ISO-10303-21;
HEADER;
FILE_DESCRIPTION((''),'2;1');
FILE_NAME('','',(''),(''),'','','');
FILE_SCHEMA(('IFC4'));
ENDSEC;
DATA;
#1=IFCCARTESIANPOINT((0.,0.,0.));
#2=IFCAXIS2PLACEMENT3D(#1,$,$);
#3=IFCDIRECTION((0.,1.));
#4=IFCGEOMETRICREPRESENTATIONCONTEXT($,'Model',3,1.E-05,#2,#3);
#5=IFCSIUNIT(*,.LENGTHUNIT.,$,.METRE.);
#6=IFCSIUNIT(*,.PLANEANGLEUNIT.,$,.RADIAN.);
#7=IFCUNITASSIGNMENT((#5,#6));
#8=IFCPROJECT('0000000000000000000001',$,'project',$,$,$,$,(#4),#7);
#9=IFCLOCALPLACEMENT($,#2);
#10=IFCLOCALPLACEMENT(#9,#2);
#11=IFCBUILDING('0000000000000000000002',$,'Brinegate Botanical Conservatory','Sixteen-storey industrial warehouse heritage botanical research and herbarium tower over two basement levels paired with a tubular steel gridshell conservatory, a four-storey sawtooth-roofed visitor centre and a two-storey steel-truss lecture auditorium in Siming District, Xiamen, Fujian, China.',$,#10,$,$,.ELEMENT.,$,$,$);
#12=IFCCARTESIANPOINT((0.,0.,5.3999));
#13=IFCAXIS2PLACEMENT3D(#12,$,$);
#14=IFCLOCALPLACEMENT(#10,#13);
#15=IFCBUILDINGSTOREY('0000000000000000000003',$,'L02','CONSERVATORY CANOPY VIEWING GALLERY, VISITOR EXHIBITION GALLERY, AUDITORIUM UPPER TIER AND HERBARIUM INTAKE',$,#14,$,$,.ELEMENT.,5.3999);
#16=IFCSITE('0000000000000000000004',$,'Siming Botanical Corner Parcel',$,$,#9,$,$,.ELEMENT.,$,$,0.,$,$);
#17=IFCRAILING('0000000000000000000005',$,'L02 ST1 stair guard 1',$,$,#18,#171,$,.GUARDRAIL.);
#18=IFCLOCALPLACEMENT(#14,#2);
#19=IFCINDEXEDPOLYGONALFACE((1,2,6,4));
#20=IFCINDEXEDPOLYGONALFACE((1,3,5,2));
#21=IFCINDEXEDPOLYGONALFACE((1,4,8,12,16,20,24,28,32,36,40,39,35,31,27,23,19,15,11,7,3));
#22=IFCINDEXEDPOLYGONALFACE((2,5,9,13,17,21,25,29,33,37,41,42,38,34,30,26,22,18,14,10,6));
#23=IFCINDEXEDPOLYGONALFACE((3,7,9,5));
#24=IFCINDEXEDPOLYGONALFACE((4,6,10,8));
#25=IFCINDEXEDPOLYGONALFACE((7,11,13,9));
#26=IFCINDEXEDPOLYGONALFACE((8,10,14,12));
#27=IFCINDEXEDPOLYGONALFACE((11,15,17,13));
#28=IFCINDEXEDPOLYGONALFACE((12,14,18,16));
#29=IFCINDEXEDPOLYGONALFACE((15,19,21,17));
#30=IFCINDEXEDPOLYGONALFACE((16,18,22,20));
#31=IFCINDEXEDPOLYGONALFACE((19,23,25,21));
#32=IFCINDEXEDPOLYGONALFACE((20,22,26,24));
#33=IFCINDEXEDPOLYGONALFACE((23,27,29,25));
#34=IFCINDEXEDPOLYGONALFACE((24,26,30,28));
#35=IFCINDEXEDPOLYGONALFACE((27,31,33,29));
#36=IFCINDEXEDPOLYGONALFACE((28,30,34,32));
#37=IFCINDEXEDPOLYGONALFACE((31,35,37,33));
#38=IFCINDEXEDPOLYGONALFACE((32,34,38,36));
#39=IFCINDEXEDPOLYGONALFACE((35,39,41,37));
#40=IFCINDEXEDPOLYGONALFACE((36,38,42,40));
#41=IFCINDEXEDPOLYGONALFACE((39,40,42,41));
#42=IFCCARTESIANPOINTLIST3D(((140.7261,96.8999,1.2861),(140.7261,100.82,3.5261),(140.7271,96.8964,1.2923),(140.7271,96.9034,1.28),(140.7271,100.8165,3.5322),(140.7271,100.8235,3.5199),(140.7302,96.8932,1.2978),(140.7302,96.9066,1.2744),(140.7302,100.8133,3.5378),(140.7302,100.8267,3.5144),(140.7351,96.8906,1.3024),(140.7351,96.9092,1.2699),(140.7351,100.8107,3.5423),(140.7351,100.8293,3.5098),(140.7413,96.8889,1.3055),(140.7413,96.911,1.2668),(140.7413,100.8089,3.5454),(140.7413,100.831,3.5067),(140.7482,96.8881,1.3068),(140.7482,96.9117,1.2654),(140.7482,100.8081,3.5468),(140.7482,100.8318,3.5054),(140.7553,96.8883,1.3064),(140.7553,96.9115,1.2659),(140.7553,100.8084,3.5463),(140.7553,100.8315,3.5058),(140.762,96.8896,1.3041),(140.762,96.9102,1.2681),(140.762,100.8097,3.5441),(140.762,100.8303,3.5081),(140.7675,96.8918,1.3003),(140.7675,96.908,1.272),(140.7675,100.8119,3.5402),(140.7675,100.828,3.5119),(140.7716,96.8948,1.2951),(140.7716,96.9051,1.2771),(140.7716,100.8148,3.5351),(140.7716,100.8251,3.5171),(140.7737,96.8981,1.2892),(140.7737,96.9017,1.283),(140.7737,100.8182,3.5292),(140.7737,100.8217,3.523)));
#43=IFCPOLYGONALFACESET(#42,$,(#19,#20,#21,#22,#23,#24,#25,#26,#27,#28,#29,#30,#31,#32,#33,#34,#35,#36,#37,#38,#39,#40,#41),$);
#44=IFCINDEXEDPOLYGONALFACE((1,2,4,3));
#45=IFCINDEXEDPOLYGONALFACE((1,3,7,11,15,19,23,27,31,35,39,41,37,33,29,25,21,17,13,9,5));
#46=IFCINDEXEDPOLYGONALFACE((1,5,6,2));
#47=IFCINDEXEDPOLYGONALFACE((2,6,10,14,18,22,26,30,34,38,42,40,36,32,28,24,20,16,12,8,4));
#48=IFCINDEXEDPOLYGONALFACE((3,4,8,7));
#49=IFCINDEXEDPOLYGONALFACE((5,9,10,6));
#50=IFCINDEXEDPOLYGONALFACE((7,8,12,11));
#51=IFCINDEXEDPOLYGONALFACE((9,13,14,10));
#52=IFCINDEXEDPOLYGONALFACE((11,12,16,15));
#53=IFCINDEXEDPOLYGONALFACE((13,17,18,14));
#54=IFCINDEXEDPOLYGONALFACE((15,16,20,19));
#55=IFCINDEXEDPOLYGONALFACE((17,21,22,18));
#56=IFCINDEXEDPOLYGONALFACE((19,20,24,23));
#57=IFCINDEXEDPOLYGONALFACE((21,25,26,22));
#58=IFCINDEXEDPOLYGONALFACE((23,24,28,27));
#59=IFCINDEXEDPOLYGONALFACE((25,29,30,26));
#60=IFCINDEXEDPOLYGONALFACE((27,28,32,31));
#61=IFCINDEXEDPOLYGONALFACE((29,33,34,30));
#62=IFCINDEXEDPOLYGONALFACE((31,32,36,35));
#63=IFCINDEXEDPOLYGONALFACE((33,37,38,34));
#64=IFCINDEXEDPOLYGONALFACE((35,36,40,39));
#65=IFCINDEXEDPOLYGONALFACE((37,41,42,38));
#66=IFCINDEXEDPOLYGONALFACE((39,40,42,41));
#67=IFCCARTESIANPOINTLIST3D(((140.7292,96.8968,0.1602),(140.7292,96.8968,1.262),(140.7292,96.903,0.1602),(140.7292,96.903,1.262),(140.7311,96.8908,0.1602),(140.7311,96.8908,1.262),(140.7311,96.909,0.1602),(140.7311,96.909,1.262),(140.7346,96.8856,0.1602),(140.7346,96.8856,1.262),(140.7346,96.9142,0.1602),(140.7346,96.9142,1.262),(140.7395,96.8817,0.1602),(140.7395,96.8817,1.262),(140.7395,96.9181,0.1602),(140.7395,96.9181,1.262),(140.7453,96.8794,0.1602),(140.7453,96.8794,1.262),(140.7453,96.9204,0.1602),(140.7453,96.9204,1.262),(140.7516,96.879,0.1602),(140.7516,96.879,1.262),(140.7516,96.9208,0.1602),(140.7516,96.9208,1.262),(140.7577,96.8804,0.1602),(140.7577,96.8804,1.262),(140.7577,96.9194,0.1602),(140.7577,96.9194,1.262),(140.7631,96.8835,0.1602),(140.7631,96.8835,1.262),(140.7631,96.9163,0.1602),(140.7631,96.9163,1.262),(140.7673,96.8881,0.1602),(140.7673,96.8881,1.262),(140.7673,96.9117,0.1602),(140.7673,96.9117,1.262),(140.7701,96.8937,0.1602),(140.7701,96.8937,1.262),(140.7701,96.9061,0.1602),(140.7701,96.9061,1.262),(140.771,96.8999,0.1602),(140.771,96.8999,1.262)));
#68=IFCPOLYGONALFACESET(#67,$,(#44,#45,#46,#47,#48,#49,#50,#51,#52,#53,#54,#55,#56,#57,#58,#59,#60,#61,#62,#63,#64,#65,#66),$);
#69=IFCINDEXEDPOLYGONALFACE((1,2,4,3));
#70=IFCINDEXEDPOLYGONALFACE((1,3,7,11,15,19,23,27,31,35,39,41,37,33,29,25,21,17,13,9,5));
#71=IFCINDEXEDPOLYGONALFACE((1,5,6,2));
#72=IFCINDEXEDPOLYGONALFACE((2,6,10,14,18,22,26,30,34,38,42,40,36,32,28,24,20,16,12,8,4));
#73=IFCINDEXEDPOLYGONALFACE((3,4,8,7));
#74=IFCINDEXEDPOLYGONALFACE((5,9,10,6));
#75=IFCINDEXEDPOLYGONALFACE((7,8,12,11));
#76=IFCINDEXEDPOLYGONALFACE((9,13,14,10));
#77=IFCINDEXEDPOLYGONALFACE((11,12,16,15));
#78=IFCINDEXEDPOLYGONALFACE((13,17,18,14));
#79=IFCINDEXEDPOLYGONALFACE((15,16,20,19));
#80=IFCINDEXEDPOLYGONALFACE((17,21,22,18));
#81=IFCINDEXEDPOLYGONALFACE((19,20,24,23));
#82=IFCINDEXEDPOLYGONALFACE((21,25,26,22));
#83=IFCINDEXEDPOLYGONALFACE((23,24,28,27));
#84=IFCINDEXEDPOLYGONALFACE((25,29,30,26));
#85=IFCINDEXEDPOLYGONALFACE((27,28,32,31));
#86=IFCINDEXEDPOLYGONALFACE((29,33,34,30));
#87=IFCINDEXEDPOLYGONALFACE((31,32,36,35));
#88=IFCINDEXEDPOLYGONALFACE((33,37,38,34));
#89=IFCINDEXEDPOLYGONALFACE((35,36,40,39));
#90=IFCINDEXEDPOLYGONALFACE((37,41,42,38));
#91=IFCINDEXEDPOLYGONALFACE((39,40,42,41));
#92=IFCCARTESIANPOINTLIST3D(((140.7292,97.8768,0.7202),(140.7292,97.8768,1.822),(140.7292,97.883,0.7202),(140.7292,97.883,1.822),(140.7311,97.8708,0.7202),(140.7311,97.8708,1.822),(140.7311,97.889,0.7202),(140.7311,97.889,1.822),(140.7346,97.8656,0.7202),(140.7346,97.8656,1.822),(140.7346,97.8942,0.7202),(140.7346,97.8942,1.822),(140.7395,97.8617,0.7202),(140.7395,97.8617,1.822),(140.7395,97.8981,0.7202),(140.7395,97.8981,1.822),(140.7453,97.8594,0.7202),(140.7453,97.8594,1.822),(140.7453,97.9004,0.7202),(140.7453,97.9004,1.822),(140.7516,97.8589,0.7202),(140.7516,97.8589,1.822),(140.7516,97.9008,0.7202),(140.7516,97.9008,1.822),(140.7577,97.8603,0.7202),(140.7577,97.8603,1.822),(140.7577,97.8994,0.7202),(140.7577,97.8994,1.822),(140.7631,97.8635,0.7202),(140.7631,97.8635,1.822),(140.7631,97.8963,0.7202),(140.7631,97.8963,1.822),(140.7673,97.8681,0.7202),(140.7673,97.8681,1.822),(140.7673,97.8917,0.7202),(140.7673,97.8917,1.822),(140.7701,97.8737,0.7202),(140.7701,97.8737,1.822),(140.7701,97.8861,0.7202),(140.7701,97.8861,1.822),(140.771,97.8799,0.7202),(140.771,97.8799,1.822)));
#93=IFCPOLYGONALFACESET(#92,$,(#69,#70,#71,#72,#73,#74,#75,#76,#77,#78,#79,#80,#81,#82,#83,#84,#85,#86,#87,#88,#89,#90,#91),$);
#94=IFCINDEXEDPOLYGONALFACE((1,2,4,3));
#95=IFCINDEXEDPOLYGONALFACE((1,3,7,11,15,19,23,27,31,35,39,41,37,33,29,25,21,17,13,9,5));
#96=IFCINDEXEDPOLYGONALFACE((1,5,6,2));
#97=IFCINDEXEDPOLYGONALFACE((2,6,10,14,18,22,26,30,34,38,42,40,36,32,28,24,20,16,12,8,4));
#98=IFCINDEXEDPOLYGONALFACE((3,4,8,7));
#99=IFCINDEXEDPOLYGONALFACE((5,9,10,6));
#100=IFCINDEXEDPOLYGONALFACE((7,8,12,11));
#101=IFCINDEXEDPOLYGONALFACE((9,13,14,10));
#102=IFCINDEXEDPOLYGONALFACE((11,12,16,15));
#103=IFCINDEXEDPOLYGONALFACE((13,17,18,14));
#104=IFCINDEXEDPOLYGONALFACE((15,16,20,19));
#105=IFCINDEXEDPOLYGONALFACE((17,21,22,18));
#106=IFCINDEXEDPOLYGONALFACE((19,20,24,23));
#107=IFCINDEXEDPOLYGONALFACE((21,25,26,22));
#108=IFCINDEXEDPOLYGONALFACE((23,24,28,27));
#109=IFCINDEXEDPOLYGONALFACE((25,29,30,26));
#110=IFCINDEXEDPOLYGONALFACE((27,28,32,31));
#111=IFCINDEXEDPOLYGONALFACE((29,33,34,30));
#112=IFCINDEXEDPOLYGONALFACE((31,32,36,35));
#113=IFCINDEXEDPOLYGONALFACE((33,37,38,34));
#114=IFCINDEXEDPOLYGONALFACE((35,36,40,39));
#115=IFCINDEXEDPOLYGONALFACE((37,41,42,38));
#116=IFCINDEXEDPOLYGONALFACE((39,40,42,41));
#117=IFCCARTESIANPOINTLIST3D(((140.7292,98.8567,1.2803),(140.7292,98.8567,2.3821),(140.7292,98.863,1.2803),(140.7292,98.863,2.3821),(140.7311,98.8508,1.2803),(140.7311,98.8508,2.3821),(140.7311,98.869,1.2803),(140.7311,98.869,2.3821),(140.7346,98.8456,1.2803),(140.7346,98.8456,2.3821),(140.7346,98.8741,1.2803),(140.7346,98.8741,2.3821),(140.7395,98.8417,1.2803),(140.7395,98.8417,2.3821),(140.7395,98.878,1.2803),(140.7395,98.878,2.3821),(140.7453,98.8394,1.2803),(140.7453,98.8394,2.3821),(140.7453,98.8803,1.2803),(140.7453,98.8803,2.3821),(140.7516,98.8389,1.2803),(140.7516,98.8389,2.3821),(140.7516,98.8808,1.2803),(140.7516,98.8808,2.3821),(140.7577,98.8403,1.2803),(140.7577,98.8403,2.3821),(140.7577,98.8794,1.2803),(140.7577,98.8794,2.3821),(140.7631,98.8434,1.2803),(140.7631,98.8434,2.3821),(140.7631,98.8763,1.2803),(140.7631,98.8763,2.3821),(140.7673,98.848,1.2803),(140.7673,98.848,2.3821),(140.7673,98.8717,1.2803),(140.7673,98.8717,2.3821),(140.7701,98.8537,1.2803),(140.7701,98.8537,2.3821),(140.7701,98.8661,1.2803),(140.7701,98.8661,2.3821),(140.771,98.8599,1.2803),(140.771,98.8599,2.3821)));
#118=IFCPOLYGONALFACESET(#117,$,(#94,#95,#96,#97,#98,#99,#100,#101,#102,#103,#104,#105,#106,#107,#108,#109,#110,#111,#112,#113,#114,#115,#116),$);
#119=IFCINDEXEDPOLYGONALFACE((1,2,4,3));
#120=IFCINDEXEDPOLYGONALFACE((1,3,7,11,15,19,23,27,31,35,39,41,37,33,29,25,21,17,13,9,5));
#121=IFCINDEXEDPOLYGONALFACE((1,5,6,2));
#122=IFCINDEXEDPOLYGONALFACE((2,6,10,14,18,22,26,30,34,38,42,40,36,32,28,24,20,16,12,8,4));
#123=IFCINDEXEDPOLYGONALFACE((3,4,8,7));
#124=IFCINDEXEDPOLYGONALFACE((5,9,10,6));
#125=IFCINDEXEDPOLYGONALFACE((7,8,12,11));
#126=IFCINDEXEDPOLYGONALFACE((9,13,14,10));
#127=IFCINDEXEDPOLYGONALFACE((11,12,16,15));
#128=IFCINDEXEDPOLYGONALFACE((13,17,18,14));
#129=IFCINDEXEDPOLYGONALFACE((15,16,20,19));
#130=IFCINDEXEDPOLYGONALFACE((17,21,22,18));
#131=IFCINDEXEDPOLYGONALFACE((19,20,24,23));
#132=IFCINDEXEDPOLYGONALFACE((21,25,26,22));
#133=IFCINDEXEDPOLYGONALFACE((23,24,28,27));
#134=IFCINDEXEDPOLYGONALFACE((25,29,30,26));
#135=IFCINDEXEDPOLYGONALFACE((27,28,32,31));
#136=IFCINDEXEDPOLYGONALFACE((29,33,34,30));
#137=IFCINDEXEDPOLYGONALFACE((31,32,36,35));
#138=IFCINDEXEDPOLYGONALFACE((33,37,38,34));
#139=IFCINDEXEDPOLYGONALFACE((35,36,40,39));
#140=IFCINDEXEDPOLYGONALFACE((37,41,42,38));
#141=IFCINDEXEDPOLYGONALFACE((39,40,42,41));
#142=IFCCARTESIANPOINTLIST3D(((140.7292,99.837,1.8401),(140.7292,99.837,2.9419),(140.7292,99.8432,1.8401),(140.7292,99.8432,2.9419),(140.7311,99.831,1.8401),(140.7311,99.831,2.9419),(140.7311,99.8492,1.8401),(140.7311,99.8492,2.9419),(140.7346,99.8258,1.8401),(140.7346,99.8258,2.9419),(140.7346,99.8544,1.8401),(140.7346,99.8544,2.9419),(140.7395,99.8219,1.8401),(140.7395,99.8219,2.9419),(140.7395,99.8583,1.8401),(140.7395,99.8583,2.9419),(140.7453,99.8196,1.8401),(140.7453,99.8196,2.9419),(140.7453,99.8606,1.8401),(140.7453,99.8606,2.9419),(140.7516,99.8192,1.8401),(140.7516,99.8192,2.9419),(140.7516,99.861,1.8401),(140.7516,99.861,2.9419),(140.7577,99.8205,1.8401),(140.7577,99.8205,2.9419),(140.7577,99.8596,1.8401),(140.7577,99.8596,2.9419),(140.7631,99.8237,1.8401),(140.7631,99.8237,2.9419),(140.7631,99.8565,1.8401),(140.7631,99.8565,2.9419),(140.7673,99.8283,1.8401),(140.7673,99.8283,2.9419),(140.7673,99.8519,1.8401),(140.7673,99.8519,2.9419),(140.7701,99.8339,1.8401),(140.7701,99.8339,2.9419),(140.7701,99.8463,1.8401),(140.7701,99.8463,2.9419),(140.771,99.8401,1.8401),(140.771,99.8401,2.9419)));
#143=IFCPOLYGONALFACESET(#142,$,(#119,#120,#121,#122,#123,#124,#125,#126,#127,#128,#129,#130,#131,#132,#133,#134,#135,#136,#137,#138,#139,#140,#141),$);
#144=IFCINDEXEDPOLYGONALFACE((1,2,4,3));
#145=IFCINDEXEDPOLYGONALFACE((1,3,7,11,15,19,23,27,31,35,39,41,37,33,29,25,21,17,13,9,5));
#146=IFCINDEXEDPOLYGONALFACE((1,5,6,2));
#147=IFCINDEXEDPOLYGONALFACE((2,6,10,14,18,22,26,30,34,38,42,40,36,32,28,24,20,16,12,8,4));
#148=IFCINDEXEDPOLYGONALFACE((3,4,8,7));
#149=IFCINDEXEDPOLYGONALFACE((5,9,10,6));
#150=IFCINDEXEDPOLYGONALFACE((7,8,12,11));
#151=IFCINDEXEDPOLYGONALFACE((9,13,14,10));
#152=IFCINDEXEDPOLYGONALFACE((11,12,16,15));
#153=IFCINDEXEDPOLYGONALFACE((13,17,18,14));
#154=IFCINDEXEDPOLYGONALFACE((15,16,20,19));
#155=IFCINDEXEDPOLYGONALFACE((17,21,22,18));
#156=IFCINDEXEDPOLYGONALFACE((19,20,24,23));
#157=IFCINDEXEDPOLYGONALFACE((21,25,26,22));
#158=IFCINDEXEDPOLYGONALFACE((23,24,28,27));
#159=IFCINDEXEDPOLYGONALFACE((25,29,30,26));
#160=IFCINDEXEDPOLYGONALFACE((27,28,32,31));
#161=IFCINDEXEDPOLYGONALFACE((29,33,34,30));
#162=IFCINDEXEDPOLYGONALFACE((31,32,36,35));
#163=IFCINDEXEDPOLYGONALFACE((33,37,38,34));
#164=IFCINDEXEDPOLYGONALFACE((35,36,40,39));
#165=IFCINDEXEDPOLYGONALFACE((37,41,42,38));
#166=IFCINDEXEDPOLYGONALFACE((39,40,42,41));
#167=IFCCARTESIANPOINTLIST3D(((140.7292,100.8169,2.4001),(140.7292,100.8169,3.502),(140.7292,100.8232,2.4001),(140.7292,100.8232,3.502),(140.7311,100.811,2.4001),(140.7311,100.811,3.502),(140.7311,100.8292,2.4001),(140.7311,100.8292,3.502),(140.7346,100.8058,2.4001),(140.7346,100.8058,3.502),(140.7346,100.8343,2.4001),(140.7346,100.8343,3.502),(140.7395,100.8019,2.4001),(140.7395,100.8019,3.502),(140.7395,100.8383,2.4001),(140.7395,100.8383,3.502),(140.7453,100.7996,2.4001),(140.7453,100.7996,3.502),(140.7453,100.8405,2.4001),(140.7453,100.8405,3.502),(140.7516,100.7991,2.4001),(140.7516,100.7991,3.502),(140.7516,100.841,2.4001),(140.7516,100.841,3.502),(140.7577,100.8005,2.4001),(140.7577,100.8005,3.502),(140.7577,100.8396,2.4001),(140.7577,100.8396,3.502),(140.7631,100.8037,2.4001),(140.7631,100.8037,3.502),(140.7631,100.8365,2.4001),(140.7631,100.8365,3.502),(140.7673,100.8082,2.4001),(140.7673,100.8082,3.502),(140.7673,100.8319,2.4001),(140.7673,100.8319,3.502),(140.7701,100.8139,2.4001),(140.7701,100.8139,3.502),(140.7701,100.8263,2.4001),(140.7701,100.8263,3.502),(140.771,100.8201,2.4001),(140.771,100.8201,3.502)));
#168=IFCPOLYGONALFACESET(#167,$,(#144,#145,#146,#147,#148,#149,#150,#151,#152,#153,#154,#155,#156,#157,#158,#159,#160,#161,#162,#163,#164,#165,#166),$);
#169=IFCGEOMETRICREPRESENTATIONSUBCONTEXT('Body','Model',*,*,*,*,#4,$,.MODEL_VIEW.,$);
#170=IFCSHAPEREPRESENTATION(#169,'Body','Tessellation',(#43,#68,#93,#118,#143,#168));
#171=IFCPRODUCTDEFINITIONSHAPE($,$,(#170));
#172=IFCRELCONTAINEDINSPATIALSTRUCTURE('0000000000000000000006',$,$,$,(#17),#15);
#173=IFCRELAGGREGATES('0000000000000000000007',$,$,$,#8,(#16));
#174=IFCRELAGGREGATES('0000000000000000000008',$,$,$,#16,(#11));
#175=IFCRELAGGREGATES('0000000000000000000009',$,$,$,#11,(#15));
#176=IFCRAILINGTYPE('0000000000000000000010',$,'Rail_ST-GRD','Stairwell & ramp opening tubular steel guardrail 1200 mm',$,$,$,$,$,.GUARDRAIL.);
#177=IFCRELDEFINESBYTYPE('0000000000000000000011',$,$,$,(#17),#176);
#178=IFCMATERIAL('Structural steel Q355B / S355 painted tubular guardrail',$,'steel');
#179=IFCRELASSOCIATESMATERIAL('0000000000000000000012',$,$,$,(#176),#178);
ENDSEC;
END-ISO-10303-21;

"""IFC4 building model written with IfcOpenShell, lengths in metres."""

from ifc_helpers import new_model, si_unit, direction, frame, origin, origin_2d, place, context, subcontext, project, spatial, circle, extrude, material, type_object, element, save


model = new_model("IFC4")

# Units and contexts
model_context = context("Model", 3, precision=1e-05, world=origin(), true_north=direction((0.0, 1.0)))
body_context = subcontext(model_context, "Body", "Model", "MODEL_VIEW")
ifc_project = project(units=[si_unit("LENGTHUNIT", "METRE"), si_unit("PLANEANGLEUNIT", "RADIAN")], contexts=[model_context])

# Site, building, storey
site_placement = place(None, origin())
site = spatial("IfcSite", under=ifc_project, at=site_placement, Name="Siming Botanical Corner Parcel", CompositionType="ELEMENT", RefElevation=0.0)
building_placement = place(site_placement, origin())
building = spatial("IfcBuilding", under=site, at=building_placement, Name="Brinegate Botanical Conservatory", Description="Sixteen-storey industrial warehouse heritage botanical research and herbarium tower over two basement levels paired with a tubular steel gridshell conservatory, a four-storey sawtooth-roofed visitor centre and a two-storey steel-truss lecture auditorium in Siming District, Xiamen, Fujian, China.", CompositionType="ELEMENT")
storey_placement = place(building_placement, frame((0.0, 0.0, 5.3999)))
storey = spatial("IfcBuildingStorey", under=building, at=storey_placement, Name="L02", Description="CONSERVATORY CANOPY VIEWING GALLERY, VISITOR EXHIBITION GALLERY, AUDITORIUM UPPER TIER AND HERBARIUM INTAKE", CompositionType="ELEMENT", Elevation=5.3999)

# Railing
ifc_material_1 = material(Name="Structural steel Q355B / S355 painted tubular guardrail", Category="steel")
railing_type_1 = type_object("IfcRailingType", Name="Rail_ST-GRD", Description="Stairwell & ramp opening tubular steel guardrail 1200 mm", PredefinedType="GUARDRAIL", material=ifc_material_1)
railing_1_placement = place(storey_placement, frame((140.75, 96.8999, 0.1602)))
element("IfcRailing", 1, at=railing_1_placement, inside=storey, type_object=railing_type_1, Name="L02 ST1 stair guard 1", PredefinedType="GUARDRAIL", context=body_context, shape_type="SweptSolid", body=[
    extrude(circle(Radius=0.0239, at=origin_2d()), frame((0.0, 0.0, 1.126), z_axis=(0.0, 0.868253, 0.496121), x_axis=(-1.0, 0.0, 0.0)), (0.0, 0.0, 1.0), 4.5149),
    extrude(circle(Radius=0.021, at=origin_2d()), origin(), (0.0, 0.0, 1.0), 1.1018),
    extrude(circle(Radius=0.021, at=origin_2d()), frame((0.0, 0.98, 0.5601)), (0.0, 0.0, 1.0), 1.1018),
    extrude(circle(Radius=0.021, at=origin_2d()), frame((0.0, 1.96, 1.1201)), (0.0, 0.0, 1.0), 1.1018),
    extrude(circle(Radius=0.021, at=origin_2d()), frame((0.0, 2.9402, 1.6799)), (0.0, 0.0, 1.0), 1.1018),
    extrude(circle(Radius=0.021, at=origin_2d()), frame((0.0, 3.9202, 2.24)), (0.0, 0.0, 1.0), 1.1018),
])

save(model, "model.ifc")
